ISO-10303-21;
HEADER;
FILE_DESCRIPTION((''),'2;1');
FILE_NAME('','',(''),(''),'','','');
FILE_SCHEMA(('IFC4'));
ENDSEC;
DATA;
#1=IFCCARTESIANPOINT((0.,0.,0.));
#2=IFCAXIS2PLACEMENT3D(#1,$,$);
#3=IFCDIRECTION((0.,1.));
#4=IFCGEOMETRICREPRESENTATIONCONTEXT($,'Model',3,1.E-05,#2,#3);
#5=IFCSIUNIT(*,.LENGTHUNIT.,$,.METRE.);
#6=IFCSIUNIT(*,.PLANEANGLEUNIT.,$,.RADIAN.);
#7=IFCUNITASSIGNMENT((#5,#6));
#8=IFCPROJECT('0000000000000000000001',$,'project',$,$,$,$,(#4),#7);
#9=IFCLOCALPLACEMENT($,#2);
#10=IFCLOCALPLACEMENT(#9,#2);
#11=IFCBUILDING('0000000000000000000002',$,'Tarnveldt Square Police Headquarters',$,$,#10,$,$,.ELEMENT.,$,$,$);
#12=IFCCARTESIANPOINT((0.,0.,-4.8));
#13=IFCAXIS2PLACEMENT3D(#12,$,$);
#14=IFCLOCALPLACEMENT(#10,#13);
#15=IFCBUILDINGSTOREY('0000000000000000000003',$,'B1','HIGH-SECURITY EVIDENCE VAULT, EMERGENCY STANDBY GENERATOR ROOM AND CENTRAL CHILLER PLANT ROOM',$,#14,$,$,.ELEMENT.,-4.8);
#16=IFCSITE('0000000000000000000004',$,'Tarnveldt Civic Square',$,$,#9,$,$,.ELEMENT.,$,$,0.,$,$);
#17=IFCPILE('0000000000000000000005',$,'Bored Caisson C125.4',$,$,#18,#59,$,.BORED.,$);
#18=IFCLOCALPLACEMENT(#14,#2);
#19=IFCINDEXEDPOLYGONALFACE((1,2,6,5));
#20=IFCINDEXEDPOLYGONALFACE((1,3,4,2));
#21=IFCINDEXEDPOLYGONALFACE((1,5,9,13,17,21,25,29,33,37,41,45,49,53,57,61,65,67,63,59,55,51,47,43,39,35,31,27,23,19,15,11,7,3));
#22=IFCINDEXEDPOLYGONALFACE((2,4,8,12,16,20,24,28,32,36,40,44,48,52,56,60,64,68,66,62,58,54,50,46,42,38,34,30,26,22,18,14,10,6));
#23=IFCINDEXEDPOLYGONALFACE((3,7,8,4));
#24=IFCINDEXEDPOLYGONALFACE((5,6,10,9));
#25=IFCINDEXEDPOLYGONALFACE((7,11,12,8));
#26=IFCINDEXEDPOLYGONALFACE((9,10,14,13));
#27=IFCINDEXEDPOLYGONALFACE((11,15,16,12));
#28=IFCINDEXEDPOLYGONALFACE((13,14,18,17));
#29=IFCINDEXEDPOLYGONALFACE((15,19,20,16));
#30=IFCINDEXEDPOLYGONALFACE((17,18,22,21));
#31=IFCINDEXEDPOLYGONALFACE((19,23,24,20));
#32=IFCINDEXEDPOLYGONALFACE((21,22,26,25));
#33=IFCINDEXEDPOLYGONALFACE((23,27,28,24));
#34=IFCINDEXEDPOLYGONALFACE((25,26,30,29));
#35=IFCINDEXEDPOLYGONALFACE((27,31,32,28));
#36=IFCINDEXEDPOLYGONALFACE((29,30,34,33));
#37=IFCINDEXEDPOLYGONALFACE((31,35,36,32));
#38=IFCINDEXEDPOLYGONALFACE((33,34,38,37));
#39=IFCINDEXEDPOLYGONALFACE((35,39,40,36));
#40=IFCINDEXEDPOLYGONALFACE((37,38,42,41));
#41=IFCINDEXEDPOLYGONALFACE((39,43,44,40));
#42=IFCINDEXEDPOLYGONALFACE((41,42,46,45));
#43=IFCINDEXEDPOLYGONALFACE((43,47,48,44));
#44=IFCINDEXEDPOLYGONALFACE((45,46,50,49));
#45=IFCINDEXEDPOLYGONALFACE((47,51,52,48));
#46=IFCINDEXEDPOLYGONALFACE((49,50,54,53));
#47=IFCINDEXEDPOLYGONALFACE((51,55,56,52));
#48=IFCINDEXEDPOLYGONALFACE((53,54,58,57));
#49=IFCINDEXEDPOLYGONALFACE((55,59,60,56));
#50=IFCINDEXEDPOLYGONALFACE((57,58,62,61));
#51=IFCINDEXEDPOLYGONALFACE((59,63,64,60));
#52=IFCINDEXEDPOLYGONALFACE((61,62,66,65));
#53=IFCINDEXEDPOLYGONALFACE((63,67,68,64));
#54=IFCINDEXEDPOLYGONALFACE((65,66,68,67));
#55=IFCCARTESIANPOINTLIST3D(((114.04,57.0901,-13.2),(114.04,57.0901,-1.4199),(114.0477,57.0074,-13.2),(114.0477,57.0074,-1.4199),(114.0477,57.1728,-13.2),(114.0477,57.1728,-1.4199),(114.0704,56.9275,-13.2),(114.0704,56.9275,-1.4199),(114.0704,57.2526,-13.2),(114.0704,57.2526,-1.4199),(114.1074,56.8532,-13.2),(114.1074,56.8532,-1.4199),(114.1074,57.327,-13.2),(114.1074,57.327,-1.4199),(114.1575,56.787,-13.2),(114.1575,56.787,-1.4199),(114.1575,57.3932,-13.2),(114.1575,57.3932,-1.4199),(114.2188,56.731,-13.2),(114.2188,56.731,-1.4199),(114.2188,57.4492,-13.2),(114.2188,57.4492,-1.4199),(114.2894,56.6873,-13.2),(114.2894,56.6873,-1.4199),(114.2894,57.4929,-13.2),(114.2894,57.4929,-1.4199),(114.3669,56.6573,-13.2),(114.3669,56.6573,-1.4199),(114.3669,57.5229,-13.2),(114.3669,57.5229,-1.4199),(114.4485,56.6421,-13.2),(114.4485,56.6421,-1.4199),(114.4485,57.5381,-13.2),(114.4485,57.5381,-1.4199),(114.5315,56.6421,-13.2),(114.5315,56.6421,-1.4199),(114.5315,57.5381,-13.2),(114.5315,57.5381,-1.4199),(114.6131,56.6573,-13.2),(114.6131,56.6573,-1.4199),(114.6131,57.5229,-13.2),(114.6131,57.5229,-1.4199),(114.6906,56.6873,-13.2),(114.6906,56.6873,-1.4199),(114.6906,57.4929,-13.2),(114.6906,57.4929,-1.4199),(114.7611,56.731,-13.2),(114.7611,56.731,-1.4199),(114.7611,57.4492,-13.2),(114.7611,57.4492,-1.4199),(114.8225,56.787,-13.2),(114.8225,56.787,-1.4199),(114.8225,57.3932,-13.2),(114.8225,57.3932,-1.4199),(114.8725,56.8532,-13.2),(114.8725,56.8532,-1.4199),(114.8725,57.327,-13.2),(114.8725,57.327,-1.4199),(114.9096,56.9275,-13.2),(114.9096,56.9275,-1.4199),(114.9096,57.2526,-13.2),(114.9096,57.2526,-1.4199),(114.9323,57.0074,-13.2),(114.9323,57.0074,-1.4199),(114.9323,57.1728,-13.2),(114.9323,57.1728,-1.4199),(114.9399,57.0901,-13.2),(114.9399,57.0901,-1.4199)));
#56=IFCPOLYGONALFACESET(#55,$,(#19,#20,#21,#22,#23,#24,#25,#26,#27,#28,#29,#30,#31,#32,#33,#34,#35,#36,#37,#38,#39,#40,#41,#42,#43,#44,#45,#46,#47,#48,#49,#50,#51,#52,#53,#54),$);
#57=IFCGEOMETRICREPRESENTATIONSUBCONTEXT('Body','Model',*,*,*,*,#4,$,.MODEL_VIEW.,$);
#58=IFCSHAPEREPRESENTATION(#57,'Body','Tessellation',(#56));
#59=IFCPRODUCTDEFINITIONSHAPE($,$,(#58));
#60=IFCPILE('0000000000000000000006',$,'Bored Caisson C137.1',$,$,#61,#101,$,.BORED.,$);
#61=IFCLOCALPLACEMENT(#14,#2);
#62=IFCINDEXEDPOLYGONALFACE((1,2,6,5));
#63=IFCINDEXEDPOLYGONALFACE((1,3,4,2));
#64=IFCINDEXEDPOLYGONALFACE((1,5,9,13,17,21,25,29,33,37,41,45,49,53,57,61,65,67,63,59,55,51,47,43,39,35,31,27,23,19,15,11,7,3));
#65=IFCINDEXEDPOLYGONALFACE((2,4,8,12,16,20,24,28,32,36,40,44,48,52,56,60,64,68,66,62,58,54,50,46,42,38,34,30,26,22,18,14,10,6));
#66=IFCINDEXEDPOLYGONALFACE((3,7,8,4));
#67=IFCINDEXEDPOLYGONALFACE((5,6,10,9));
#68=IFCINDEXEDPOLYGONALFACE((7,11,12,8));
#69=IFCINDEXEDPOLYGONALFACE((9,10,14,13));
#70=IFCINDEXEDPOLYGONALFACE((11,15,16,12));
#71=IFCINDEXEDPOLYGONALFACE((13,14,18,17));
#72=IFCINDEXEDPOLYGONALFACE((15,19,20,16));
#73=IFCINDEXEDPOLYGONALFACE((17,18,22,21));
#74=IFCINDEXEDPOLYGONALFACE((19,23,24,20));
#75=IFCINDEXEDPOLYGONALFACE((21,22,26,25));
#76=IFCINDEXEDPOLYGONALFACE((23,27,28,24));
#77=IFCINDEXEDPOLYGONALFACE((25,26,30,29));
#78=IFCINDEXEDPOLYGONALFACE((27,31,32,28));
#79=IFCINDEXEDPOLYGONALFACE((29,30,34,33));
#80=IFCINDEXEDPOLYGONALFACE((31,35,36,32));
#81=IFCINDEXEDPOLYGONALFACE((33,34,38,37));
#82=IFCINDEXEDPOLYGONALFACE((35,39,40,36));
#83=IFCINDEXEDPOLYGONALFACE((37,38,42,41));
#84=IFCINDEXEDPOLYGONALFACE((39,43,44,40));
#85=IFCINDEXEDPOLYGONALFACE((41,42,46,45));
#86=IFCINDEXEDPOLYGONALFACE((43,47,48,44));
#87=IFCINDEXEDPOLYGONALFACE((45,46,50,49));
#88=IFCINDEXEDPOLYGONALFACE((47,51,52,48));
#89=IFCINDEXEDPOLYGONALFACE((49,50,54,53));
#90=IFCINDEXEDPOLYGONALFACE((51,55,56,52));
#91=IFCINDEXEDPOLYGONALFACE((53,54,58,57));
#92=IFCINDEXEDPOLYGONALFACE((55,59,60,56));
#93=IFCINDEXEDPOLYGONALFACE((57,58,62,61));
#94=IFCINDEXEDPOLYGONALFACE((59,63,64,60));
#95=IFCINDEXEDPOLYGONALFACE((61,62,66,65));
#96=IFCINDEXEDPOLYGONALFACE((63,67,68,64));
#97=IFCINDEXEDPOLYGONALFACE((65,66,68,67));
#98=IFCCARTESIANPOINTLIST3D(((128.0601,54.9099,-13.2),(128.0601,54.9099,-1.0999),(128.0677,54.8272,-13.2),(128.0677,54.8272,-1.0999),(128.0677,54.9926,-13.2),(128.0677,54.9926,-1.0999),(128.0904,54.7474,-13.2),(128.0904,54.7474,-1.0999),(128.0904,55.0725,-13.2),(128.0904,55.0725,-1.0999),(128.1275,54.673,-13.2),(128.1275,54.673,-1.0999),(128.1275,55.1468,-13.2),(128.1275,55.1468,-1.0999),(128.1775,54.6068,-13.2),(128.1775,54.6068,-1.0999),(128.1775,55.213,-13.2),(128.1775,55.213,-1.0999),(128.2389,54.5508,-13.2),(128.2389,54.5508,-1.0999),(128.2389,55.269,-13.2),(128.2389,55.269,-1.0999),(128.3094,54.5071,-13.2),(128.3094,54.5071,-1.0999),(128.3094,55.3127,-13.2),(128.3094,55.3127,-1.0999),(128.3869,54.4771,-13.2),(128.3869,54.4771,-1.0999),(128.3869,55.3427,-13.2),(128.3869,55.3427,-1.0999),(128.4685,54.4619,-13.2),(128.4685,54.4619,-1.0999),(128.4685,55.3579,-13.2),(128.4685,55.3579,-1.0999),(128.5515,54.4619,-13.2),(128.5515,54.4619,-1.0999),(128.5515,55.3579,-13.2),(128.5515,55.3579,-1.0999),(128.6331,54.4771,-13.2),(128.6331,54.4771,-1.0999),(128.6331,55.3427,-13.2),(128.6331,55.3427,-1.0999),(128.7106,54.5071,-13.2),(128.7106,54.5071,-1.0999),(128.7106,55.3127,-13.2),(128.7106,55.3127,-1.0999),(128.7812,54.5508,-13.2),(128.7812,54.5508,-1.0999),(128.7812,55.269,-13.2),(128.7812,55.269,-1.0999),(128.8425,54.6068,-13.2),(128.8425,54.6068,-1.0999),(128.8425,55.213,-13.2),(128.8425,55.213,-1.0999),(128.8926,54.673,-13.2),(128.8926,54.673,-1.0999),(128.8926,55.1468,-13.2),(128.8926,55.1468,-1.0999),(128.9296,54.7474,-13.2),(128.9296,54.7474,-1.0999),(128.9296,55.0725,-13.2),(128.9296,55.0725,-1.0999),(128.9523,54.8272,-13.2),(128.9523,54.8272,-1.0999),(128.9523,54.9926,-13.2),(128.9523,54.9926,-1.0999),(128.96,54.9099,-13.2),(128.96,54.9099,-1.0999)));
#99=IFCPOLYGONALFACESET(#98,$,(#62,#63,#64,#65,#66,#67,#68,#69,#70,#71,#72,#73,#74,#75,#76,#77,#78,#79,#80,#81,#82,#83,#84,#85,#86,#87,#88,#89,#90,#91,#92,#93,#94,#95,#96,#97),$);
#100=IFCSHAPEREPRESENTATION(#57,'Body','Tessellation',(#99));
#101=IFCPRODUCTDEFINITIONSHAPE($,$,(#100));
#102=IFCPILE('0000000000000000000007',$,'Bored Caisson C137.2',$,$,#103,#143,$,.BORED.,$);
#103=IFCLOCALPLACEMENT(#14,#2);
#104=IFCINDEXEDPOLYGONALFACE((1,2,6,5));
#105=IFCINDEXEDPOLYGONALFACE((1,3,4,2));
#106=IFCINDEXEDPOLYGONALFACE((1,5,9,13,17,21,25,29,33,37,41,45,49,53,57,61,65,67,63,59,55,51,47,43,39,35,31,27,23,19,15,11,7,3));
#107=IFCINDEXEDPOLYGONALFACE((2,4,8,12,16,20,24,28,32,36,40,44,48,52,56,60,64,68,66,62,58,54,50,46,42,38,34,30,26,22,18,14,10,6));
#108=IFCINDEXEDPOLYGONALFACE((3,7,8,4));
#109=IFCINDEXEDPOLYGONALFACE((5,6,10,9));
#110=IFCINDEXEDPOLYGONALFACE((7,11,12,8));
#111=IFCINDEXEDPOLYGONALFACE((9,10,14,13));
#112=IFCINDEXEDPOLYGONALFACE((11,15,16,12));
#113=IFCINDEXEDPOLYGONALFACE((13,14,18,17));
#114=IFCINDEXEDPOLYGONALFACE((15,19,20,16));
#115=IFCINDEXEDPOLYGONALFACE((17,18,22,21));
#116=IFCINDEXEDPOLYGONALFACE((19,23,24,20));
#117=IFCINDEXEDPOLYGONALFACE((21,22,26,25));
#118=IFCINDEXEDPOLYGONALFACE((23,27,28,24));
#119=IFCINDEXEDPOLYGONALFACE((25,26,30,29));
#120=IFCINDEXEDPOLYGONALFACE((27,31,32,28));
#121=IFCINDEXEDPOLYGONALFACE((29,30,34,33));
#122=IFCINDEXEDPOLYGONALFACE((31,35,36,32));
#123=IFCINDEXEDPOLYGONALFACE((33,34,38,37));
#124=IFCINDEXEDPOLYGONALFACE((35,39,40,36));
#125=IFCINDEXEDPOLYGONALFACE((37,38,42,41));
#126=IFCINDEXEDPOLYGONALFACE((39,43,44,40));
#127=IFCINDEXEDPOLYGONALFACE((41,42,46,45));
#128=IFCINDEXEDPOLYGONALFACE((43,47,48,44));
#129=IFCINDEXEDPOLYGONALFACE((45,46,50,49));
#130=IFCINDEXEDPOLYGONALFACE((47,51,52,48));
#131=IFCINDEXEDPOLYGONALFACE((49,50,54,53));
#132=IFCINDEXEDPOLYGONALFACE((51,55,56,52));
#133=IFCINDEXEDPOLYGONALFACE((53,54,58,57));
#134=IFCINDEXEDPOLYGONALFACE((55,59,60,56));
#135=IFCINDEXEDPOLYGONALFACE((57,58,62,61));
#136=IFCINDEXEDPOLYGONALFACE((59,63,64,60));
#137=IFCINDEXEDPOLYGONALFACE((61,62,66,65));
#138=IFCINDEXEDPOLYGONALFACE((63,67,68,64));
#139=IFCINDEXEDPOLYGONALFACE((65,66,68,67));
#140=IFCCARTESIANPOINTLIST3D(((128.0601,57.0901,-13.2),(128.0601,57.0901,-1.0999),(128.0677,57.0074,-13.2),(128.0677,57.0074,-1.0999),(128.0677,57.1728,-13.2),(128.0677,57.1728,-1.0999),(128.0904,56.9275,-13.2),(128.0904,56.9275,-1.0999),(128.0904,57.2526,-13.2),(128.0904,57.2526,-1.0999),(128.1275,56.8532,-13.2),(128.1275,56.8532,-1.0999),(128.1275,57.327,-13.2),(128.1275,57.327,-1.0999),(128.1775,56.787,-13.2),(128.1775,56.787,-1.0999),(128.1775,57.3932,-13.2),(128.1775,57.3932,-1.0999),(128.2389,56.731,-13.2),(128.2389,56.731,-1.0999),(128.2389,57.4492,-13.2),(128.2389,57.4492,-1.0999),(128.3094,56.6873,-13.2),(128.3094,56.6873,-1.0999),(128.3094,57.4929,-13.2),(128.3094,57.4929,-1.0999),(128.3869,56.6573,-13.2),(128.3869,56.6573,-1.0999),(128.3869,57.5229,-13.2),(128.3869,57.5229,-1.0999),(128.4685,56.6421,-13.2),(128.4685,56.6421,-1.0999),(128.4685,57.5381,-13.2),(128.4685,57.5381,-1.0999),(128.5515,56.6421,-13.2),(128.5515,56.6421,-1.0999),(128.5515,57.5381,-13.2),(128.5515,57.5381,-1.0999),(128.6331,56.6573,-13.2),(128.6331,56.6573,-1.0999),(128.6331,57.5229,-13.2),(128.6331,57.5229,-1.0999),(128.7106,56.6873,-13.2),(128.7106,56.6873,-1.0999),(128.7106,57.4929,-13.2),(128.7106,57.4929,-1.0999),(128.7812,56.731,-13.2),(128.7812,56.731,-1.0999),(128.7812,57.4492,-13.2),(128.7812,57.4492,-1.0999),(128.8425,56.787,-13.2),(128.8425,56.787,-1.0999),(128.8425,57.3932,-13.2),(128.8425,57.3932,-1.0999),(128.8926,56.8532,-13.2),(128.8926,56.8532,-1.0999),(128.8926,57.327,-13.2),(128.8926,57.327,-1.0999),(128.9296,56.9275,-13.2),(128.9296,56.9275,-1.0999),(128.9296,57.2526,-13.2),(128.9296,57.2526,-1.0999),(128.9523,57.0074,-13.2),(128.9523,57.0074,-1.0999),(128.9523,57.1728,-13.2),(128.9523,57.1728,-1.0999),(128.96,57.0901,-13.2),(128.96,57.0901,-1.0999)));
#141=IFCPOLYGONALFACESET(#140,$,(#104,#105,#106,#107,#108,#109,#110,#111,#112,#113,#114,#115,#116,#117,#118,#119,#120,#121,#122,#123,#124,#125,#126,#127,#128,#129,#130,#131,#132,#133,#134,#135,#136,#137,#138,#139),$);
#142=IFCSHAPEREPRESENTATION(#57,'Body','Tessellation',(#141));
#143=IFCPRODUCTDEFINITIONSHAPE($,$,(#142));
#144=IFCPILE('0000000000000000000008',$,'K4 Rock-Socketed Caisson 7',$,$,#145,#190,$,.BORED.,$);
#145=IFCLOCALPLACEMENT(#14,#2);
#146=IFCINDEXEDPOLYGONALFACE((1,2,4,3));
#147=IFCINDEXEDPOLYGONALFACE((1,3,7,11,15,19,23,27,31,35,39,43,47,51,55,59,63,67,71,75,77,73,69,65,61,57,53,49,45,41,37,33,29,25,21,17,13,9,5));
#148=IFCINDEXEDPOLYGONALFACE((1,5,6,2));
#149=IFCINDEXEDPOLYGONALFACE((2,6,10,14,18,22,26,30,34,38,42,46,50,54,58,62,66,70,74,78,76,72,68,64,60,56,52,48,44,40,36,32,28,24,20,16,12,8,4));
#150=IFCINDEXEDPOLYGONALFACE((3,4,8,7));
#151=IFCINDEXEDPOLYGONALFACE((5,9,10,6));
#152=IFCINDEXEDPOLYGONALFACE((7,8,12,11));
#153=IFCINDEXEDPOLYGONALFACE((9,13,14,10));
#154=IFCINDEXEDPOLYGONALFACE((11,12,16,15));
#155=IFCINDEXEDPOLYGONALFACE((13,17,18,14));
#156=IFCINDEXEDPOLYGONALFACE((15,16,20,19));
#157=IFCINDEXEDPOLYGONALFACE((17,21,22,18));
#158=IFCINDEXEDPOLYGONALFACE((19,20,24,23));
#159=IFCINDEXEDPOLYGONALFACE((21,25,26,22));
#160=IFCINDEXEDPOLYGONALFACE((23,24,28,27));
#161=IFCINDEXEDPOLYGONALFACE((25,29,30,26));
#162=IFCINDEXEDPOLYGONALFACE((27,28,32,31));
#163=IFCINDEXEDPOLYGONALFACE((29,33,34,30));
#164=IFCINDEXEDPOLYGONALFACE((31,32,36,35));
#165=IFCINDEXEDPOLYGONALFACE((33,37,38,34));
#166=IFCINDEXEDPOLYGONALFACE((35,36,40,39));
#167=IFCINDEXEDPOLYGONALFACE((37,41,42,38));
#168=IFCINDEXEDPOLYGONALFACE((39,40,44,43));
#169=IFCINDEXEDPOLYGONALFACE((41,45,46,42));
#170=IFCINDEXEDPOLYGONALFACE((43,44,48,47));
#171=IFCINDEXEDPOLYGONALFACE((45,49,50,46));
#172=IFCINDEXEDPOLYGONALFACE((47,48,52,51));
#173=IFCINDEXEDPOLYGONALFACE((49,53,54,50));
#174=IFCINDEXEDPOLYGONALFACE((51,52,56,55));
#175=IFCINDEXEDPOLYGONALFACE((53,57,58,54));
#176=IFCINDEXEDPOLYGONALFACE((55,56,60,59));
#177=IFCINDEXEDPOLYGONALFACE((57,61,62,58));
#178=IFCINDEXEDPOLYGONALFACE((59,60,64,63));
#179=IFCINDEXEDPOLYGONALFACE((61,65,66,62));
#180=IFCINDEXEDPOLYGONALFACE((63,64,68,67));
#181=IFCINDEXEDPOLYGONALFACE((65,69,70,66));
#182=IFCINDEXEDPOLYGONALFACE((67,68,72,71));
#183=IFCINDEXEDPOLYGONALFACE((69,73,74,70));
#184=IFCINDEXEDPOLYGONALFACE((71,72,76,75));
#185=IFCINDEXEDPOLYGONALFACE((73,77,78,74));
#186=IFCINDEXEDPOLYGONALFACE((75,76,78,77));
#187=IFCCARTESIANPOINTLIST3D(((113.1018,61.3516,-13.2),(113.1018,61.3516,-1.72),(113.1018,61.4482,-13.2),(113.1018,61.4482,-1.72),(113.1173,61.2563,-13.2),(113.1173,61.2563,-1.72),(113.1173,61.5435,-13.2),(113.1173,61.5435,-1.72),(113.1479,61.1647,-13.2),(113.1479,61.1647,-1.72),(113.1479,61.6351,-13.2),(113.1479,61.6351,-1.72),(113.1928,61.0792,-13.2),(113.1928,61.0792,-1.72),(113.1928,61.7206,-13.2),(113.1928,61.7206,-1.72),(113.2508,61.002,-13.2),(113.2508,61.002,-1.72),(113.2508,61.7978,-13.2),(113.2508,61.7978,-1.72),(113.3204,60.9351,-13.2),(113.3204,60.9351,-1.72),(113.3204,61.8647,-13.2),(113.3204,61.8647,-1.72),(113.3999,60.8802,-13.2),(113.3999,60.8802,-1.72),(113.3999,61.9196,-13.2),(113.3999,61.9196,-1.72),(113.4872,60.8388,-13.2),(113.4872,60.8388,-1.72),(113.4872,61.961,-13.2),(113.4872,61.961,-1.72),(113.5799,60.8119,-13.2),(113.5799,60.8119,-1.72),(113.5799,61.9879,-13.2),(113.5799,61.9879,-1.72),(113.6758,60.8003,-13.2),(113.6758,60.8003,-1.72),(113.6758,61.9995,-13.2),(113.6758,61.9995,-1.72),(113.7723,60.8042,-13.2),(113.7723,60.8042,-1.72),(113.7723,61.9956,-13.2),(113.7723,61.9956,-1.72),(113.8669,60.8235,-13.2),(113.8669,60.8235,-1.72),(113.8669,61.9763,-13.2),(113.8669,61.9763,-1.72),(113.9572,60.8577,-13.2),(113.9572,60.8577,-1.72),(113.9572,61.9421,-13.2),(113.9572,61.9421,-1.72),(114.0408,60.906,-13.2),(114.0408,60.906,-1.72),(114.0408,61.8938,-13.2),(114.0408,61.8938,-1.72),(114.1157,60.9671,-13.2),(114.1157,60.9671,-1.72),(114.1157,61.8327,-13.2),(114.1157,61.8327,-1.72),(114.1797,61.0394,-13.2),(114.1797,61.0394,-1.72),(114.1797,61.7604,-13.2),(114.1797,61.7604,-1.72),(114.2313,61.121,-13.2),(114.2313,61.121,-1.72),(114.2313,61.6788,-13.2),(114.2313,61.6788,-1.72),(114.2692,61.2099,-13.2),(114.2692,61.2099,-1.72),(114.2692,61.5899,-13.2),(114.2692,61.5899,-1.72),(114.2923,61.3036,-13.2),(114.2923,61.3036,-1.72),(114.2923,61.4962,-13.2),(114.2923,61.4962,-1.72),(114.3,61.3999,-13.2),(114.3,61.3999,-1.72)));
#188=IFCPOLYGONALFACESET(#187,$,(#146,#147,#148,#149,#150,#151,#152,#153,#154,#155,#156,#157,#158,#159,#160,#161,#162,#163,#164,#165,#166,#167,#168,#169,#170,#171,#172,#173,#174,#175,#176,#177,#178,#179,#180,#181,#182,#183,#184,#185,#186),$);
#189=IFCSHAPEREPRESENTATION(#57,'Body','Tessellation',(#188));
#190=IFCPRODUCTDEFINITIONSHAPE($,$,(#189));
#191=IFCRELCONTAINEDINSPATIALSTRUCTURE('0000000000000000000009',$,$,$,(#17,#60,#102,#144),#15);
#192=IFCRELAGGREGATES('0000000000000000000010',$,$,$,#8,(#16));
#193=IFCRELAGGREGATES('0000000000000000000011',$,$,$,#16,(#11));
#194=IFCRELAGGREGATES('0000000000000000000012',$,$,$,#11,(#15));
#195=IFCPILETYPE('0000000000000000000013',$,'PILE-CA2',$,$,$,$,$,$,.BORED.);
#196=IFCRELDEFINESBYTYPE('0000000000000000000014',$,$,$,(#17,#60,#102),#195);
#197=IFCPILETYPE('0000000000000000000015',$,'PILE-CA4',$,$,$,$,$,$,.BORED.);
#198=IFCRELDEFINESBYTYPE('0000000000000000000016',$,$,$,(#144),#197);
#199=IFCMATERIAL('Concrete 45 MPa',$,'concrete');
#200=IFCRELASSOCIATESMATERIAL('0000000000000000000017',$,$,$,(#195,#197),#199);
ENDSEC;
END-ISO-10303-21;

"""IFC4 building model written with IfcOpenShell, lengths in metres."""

from ifc_helpers import new_model, si_unit, direction, frame, origin, origin_2d, place, context, subcontext, project, spatial, circle, extrude, material, material_profile, profile_set, type_object, element, save


model = new_model("IFC4")

# Units and contexts
model_context = context("Model", 3, precision=1e-05, world=origin(), true_north=direction((0.0, 1.0)))
body_context = subcontext(model_context, "Body", "Model", "MODEL_VIEW")
ifc_project = project(units=[si_unit("LENGTHUNIT", "METRE"), si_unit("PLANEANGLEUNIT", "RADIAN")], contexts=[model_context])

# Site, building, storey
site_placement = place(None, origin())
site = spatial("IfcSite", under=ifc_project, at=site_placement, Name="Tarnveldt Civic Square", CompositionType="ELEMENT", RefElevation=0.0)
building_placement = place(site_placement, origin())
building = spatial("IfcBuilding", under=site, at=building_placement, Name="Tarnveldt Square Police Headquarters", CompositionType="ELEMENT")
storey_placement = place(building_placement, frame((0.0, 0.0, -4.8)))
storey = spatial("IfcBuildingStorey", under=building, at=storey_placement, Name="B1", Description="HIGH-SECURITY EVIDENCE VAULT, EMERGENCY STANDBY GENERATOR ROOM AND CENTRAL CHILLER PLANT ROOM", CompositionType="ELEMENT", Elevation=-4.8)

# Shared definitions
ifc_material_1 = material(Name="Concrete 45 MPa", Category="concrete")

# Piles
ifc_material_profile_1 = material_profile(ifc_material_1, circle(Radius=0.45, at=origin_2d()), Name="CAISSON-D900")
ifc_profile_set_1 = profile_set([ifc_material_profile_1], Name="Concrete 45 MPa")
pile_type_1 = type_object("IfcPileType", Name="PILE-CA2", PredefinedType="BORED", material=ifc_profile_set_1)
for number, where, z_axis, x_axis, name in (
    (1, (114.49, 57.0901, -1.4199), (0.0, 0.0, -1.0), (1.0, 0.0, 0.0), "Bored Caisson C125.4"),
):
    element("IfcPile", number, at=place(storey_placement, frame(where, z_axis=z_axis, x_axis=x_axis)), inside=storey, type_object=pile_type_1, Name=name, PredefinedType="BORED", context=body_context, shape_type="SweptSolid", body=[
        extrude(circle(Radius=0.45, at=origin_2d()), origin(), (0.0, 0.0, 1.0), 11.78),
    ])
for number, where, z_axis, x_axis, name in (
    (2, (128.51, 54.9099, -1.0999), (0.0, 0.0, -1.0), (1.0, 0.0, 0.0), "Bored Caisson C137.1"),
    (3, (128.51, 57.0901, -1.0999), (0.0, 0.0, -1.0), (1.0, 0.0, 0.0), "Bored Caisson C137.2"),
):
    element("IfcPile", number, at=place(storey_placement, frame(where, z_axis=z_axis, x_axis=x_axis)), inside=storey, type_object=pile_type_1, Name=name, PredefinedType="BORED", context=body_context, shape_type="SweptSolid", body=[
        extrude(circle(Radius=0.45, at=origin_2d()), origin(), (0.0, 0.0, 1.0), 12.1001),
    ])
ifc_material_profile_2 = material_profile(ifc_material_1, circle(Radius=0.6001, at=origin_2d()), Name="CAISSON-D1200")
ifc_profile_set_2 = profile_set([ifc_material_profile_2], Name="Concrete 45 MPa")
pile_type_2 = type_object("IfcPileType", Name="PILE-CA4", PredefinedType="BORED", material=ifc_profile_set_2)
for number, where, z_axis, x_axis, name in (
    (4, (113.7, 61.3999, -1.72), (0.0, 0.0, -1.0), (1.0, 0.0, 0.0), "K4 Rock-Socketed Caisson 7"),
):
    element("IfcPile", number, at=place(storey_placement, frame(where, z_axis=z_axis, x_axis=x_axis)), inside=storey, type_object=pile_type_2, Name=name, PredefinedType="BORED", context=body_context, shape_type="SweptSolid", body=[
        extrude(circle(Radius=0.6001, at=origin_2d()), origin(), (0.0, 0.0, 1.0), 11.48),
    ])

save(model, "model.ifc")
